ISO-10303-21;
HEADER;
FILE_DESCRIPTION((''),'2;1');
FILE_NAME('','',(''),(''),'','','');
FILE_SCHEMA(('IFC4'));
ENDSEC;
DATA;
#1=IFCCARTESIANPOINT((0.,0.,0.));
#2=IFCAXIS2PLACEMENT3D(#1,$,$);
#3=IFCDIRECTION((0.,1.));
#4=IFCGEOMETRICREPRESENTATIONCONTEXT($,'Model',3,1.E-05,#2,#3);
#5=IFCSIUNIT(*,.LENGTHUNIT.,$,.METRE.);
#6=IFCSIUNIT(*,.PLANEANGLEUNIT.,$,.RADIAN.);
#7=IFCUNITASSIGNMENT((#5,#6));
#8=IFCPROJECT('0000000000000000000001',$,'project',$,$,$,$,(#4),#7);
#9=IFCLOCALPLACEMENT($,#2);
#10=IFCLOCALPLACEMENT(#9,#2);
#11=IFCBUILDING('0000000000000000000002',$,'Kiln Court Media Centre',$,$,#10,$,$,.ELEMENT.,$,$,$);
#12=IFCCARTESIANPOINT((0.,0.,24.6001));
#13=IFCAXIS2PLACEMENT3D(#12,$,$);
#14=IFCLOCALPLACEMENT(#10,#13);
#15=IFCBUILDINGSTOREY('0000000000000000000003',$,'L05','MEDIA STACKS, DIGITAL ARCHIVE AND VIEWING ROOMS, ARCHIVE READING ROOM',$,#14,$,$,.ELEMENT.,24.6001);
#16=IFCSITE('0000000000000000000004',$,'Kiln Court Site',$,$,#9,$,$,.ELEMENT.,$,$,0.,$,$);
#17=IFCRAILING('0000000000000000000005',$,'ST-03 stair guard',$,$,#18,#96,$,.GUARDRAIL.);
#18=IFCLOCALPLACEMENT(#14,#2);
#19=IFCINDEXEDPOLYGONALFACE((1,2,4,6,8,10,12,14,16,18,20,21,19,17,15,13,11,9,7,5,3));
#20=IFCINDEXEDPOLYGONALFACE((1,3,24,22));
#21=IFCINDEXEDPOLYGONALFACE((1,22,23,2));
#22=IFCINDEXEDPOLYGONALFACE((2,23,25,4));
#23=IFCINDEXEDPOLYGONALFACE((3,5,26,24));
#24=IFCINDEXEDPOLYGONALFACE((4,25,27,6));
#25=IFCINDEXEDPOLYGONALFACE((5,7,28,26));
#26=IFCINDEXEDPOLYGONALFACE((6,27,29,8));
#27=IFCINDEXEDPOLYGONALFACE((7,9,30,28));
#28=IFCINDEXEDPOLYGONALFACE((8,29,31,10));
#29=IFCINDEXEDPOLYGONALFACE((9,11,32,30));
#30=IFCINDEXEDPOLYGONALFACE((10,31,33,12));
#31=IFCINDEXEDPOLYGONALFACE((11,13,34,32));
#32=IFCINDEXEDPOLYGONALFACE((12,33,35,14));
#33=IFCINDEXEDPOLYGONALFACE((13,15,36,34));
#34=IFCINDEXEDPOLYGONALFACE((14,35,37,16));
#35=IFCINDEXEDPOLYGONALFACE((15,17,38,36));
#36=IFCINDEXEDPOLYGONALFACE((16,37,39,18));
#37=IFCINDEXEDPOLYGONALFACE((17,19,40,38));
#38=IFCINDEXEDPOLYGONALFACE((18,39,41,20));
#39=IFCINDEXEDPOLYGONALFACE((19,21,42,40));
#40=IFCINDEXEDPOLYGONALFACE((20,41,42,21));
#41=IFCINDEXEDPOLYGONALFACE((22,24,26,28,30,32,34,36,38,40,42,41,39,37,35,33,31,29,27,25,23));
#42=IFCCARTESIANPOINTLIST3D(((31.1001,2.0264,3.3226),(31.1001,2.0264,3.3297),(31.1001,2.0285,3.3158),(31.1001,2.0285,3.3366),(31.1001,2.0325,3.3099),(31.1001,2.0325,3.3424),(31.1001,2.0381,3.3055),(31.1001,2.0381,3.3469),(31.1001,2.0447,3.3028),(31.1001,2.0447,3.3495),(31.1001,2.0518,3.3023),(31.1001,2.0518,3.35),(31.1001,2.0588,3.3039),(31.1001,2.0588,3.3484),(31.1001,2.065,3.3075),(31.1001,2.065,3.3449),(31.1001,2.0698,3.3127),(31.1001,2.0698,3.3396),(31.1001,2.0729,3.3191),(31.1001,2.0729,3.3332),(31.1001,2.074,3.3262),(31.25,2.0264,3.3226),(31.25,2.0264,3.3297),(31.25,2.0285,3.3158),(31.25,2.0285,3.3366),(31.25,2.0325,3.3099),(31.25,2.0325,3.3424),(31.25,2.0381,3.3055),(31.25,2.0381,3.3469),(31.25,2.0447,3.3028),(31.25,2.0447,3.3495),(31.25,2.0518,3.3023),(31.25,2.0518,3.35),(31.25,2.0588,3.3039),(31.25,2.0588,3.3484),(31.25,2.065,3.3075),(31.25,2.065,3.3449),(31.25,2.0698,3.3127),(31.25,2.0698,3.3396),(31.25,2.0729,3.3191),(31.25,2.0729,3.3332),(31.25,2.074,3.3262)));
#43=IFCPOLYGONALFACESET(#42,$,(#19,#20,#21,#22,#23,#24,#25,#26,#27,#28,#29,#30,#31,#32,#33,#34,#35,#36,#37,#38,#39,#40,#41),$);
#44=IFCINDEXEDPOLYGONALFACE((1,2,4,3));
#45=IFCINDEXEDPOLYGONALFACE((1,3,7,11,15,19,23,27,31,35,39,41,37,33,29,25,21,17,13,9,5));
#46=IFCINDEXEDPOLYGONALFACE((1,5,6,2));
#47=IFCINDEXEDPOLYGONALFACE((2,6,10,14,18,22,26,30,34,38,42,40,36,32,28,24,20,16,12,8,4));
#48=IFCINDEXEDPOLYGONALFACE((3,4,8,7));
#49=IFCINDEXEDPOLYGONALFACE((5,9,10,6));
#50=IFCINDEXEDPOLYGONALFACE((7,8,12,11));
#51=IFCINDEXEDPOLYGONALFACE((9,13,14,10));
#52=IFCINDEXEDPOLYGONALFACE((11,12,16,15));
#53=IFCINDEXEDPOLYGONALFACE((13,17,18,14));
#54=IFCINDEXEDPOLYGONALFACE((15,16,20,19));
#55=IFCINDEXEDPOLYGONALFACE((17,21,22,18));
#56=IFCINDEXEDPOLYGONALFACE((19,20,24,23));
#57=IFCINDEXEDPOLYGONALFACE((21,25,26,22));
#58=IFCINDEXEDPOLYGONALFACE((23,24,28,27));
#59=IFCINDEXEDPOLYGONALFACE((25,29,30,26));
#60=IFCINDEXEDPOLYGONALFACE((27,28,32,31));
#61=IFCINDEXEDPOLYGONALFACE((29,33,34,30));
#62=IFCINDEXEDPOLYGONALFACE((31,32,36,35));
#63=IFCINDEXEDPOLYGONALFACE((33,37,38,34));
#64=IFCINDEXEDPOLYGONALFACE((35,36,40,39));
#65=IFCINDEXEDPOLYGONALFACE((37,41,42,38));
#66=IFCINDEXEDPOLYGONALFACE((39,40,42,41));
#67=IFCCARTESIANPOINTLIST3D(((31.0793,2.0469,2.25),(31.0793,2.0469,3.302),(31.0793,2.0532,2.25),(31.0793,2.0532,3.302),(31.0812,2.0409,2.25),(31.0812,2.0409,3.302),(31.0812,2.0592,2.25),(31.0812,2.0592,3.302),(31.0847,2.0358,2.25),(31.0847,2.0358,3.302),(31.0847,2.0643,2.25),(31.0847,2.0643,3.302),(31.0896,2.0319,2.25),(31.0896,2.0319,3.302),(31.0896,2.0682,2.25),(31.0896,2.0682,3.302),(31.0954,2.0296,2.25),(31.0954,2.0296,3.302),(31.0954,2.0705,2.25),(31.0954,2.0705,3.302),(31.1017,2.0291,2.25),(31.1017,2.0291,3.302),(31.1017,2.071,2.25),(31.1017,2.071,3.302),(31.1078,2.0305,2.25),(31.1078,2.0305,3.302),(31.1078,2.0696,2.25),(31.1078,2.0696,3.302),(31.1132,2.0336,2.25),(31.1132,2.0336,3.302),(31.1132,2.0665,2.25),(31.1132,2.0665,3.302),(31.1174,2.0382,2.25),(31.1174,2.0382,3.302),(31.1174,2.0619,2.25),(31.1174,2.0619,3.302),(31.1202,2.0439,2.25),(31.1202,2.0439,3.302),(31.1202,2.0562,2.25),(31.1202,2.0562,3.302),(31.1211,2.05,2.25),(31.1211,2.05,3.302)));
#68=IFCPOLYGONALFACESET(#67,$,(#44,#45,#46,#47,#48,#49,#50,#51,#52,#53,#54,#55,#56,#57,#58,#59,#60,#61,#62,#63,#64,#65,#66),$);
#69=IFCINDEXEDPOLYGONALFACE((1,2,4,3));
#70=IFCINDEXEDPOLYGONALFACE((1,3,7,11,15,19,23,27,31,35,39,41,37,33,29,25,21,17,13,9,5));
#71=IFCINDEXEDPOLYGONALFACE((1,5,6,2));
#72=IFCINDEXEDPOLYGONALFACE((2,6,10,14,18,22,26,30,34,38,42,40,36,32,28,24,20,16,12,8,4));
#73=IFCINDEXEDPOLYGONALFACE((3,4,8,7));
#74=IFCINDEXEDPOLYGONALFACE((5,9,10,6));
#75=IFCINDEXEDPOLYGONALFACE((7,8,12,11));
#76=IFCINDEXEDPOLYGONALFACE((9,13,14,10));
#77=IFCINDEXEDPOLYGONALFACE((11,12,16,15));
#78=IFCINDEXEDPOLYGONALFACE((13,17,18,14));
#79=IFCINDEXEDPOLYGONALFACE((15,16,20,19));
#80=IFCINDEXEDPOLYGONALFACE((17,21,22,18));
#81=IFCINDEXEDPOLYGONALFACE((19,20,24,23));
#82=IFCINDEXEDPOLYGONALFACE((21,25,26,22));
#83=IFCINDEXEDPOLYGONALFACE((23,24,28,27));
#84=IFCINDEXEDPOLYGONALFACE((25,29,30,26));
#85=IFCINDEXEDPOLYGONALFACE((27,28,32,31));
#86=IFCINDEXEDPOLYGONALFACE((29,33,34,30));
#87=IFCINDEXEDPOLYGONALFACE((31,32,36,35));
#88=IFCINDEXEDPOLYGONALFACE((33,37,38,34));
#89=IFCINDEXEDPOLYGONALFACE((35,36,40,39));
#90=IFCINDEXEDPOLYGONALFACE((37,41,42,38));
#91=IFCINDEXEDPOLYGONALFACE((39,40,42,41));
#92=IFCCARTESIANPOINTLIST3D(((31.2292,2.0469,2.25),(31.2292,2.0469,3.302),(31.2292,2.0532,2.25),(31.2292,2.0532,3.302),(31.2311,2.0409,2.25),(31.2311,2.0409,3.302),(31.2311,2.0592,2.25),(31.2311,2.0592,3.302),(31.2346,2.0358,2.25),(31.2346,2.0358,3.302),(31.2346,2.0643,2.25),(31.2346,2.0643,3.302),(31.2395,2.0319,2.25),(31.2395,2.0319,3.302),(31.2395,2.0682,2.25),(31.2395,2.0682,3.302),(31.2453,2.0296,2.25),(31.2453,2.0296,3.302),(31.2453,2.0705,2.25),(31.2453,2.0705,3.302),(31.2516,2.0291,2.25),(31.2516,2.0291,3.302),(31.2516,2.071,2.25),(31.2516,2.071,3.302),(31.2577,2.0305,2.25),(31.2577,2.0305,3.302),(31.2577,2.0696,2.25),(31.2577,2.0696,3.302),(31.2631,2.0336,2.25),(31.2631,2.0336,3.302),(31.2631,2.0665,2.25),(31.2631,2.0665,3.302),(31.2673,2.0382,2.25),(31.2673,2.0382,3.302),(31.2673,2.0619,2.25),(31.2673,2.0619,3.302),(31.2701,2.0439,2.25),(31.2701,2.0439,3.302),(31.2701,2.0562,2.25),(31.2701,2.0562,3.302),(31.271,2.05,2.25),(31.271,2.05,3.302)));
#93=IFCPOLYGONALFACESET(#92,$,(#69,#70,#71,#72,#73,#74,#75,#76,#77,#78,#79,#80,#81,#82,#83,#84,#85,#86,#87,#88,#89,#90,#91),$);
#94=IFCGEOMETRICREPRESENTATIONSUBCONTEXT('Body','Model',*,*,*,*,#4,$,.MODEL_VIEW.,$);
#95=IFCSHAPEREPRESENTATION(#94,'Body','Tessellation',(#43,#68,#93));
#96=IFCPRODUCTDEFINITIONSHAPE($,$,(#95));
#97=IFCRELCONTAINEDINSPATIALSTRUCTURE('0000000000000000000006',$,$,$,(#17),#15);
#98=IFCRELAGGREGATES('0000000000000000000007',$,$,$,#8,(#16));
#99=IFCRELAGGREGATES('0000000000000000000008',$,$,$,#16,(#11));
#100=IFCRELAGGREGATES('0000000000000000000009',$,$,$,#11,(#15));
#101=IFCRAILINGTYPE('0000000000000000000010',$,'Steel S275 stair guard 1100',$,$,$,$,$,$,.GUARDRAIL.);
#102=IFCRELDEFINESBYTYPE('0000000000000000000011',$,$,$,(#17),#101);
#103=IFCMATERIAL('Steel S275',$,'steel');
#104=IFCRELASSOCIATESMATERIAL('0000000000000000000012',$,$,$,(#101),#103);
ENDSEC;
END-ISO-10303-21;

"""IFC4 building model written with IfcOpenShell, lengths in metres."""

from ifc_helpers import new_model, si_unit, direction, frame, origin, origin_2d, place, context, subcontext, project, spatial, circle, extrude, material, type_object, element, save


model = new_model("IFC4")

# Units and contexts
model_context = context("Model", 3, precision=1e-05, world=origin(), true_north=direction((0.0, 1.0)))
body_context = subcontext(model_context, "Body", "Model", "MODEL_VIEW")
ifc_project = project(units=[si_unit("LENGTHUNIT", "METRE"), si_unit("PLANEANGLEUNIT", "RADIAN")], contexts=[model_context])

# Site, building, storey
site_placement = place(None, origin())
site = spatial("IfcSite", under=ifc_project, at=site_placement, Name="Kiln Court Site", CompositionType="ELEMENT", RefElevation=0.0)
building_placement = place(site_placement, origin())
building = spatial("IfcBuilding", under=site, at=building_placement, Name="Kiln Court Media Centre", CompositionType="ELEMENT")
storey_placement = place(building_placement, frame((0.0, 0.0, 24.6001)))
storey = spatial("IfcBuildingStorey", under=building, at=storey_placement, Name="L05", Description="MEDIA STACKS, DIGITAL ARCHIVE AND VIEWING ROOMS, ARCHIVE READING ROOM", CompositionType="ELEMENT", Elevation=24.6001)

# Railing
ifc_material_1 = material(Name="Steel S275", Category="steel")
railing_type_1 = type_object("IfcRailingType", Name="Steel S275 stair guard 1100", PredefinedType="GUARDRAIL", material=ifc_material_1)
railing_1_placement = place(storey_placement, frame((31.1001, 2.05, 2.25)))
element("IfcRailing", 1, at=railing_1_placement, inside=storey, type_object=railing_type_1, Name="ST-03 stair guard", PredefinedType="GUARDRAIL", context=body_context, shape_type="SweptSolid", body=[
    extrude(circle(Radius=0.0239, at=origin_2d()), frame((0.0, 0.0, 1.0762), z_axis=(1.0, 0.0, 0.0), x_axis=(0.0, 1.0, 0.0)), (0.0, 0.0, 1.0), 0.1499),
    extrude(circle(Radius=0.021, at=origin_2d()), origin(), (0.0, 0.0, 1.0), 1.052),
    extrude(circle(Radius=0.021, at=origin_2d()), frame((0.1499, 0.0, 0.0)), (0.0, 0.0, 1.0), 1.052),
])

save(model, "model.ifc")
